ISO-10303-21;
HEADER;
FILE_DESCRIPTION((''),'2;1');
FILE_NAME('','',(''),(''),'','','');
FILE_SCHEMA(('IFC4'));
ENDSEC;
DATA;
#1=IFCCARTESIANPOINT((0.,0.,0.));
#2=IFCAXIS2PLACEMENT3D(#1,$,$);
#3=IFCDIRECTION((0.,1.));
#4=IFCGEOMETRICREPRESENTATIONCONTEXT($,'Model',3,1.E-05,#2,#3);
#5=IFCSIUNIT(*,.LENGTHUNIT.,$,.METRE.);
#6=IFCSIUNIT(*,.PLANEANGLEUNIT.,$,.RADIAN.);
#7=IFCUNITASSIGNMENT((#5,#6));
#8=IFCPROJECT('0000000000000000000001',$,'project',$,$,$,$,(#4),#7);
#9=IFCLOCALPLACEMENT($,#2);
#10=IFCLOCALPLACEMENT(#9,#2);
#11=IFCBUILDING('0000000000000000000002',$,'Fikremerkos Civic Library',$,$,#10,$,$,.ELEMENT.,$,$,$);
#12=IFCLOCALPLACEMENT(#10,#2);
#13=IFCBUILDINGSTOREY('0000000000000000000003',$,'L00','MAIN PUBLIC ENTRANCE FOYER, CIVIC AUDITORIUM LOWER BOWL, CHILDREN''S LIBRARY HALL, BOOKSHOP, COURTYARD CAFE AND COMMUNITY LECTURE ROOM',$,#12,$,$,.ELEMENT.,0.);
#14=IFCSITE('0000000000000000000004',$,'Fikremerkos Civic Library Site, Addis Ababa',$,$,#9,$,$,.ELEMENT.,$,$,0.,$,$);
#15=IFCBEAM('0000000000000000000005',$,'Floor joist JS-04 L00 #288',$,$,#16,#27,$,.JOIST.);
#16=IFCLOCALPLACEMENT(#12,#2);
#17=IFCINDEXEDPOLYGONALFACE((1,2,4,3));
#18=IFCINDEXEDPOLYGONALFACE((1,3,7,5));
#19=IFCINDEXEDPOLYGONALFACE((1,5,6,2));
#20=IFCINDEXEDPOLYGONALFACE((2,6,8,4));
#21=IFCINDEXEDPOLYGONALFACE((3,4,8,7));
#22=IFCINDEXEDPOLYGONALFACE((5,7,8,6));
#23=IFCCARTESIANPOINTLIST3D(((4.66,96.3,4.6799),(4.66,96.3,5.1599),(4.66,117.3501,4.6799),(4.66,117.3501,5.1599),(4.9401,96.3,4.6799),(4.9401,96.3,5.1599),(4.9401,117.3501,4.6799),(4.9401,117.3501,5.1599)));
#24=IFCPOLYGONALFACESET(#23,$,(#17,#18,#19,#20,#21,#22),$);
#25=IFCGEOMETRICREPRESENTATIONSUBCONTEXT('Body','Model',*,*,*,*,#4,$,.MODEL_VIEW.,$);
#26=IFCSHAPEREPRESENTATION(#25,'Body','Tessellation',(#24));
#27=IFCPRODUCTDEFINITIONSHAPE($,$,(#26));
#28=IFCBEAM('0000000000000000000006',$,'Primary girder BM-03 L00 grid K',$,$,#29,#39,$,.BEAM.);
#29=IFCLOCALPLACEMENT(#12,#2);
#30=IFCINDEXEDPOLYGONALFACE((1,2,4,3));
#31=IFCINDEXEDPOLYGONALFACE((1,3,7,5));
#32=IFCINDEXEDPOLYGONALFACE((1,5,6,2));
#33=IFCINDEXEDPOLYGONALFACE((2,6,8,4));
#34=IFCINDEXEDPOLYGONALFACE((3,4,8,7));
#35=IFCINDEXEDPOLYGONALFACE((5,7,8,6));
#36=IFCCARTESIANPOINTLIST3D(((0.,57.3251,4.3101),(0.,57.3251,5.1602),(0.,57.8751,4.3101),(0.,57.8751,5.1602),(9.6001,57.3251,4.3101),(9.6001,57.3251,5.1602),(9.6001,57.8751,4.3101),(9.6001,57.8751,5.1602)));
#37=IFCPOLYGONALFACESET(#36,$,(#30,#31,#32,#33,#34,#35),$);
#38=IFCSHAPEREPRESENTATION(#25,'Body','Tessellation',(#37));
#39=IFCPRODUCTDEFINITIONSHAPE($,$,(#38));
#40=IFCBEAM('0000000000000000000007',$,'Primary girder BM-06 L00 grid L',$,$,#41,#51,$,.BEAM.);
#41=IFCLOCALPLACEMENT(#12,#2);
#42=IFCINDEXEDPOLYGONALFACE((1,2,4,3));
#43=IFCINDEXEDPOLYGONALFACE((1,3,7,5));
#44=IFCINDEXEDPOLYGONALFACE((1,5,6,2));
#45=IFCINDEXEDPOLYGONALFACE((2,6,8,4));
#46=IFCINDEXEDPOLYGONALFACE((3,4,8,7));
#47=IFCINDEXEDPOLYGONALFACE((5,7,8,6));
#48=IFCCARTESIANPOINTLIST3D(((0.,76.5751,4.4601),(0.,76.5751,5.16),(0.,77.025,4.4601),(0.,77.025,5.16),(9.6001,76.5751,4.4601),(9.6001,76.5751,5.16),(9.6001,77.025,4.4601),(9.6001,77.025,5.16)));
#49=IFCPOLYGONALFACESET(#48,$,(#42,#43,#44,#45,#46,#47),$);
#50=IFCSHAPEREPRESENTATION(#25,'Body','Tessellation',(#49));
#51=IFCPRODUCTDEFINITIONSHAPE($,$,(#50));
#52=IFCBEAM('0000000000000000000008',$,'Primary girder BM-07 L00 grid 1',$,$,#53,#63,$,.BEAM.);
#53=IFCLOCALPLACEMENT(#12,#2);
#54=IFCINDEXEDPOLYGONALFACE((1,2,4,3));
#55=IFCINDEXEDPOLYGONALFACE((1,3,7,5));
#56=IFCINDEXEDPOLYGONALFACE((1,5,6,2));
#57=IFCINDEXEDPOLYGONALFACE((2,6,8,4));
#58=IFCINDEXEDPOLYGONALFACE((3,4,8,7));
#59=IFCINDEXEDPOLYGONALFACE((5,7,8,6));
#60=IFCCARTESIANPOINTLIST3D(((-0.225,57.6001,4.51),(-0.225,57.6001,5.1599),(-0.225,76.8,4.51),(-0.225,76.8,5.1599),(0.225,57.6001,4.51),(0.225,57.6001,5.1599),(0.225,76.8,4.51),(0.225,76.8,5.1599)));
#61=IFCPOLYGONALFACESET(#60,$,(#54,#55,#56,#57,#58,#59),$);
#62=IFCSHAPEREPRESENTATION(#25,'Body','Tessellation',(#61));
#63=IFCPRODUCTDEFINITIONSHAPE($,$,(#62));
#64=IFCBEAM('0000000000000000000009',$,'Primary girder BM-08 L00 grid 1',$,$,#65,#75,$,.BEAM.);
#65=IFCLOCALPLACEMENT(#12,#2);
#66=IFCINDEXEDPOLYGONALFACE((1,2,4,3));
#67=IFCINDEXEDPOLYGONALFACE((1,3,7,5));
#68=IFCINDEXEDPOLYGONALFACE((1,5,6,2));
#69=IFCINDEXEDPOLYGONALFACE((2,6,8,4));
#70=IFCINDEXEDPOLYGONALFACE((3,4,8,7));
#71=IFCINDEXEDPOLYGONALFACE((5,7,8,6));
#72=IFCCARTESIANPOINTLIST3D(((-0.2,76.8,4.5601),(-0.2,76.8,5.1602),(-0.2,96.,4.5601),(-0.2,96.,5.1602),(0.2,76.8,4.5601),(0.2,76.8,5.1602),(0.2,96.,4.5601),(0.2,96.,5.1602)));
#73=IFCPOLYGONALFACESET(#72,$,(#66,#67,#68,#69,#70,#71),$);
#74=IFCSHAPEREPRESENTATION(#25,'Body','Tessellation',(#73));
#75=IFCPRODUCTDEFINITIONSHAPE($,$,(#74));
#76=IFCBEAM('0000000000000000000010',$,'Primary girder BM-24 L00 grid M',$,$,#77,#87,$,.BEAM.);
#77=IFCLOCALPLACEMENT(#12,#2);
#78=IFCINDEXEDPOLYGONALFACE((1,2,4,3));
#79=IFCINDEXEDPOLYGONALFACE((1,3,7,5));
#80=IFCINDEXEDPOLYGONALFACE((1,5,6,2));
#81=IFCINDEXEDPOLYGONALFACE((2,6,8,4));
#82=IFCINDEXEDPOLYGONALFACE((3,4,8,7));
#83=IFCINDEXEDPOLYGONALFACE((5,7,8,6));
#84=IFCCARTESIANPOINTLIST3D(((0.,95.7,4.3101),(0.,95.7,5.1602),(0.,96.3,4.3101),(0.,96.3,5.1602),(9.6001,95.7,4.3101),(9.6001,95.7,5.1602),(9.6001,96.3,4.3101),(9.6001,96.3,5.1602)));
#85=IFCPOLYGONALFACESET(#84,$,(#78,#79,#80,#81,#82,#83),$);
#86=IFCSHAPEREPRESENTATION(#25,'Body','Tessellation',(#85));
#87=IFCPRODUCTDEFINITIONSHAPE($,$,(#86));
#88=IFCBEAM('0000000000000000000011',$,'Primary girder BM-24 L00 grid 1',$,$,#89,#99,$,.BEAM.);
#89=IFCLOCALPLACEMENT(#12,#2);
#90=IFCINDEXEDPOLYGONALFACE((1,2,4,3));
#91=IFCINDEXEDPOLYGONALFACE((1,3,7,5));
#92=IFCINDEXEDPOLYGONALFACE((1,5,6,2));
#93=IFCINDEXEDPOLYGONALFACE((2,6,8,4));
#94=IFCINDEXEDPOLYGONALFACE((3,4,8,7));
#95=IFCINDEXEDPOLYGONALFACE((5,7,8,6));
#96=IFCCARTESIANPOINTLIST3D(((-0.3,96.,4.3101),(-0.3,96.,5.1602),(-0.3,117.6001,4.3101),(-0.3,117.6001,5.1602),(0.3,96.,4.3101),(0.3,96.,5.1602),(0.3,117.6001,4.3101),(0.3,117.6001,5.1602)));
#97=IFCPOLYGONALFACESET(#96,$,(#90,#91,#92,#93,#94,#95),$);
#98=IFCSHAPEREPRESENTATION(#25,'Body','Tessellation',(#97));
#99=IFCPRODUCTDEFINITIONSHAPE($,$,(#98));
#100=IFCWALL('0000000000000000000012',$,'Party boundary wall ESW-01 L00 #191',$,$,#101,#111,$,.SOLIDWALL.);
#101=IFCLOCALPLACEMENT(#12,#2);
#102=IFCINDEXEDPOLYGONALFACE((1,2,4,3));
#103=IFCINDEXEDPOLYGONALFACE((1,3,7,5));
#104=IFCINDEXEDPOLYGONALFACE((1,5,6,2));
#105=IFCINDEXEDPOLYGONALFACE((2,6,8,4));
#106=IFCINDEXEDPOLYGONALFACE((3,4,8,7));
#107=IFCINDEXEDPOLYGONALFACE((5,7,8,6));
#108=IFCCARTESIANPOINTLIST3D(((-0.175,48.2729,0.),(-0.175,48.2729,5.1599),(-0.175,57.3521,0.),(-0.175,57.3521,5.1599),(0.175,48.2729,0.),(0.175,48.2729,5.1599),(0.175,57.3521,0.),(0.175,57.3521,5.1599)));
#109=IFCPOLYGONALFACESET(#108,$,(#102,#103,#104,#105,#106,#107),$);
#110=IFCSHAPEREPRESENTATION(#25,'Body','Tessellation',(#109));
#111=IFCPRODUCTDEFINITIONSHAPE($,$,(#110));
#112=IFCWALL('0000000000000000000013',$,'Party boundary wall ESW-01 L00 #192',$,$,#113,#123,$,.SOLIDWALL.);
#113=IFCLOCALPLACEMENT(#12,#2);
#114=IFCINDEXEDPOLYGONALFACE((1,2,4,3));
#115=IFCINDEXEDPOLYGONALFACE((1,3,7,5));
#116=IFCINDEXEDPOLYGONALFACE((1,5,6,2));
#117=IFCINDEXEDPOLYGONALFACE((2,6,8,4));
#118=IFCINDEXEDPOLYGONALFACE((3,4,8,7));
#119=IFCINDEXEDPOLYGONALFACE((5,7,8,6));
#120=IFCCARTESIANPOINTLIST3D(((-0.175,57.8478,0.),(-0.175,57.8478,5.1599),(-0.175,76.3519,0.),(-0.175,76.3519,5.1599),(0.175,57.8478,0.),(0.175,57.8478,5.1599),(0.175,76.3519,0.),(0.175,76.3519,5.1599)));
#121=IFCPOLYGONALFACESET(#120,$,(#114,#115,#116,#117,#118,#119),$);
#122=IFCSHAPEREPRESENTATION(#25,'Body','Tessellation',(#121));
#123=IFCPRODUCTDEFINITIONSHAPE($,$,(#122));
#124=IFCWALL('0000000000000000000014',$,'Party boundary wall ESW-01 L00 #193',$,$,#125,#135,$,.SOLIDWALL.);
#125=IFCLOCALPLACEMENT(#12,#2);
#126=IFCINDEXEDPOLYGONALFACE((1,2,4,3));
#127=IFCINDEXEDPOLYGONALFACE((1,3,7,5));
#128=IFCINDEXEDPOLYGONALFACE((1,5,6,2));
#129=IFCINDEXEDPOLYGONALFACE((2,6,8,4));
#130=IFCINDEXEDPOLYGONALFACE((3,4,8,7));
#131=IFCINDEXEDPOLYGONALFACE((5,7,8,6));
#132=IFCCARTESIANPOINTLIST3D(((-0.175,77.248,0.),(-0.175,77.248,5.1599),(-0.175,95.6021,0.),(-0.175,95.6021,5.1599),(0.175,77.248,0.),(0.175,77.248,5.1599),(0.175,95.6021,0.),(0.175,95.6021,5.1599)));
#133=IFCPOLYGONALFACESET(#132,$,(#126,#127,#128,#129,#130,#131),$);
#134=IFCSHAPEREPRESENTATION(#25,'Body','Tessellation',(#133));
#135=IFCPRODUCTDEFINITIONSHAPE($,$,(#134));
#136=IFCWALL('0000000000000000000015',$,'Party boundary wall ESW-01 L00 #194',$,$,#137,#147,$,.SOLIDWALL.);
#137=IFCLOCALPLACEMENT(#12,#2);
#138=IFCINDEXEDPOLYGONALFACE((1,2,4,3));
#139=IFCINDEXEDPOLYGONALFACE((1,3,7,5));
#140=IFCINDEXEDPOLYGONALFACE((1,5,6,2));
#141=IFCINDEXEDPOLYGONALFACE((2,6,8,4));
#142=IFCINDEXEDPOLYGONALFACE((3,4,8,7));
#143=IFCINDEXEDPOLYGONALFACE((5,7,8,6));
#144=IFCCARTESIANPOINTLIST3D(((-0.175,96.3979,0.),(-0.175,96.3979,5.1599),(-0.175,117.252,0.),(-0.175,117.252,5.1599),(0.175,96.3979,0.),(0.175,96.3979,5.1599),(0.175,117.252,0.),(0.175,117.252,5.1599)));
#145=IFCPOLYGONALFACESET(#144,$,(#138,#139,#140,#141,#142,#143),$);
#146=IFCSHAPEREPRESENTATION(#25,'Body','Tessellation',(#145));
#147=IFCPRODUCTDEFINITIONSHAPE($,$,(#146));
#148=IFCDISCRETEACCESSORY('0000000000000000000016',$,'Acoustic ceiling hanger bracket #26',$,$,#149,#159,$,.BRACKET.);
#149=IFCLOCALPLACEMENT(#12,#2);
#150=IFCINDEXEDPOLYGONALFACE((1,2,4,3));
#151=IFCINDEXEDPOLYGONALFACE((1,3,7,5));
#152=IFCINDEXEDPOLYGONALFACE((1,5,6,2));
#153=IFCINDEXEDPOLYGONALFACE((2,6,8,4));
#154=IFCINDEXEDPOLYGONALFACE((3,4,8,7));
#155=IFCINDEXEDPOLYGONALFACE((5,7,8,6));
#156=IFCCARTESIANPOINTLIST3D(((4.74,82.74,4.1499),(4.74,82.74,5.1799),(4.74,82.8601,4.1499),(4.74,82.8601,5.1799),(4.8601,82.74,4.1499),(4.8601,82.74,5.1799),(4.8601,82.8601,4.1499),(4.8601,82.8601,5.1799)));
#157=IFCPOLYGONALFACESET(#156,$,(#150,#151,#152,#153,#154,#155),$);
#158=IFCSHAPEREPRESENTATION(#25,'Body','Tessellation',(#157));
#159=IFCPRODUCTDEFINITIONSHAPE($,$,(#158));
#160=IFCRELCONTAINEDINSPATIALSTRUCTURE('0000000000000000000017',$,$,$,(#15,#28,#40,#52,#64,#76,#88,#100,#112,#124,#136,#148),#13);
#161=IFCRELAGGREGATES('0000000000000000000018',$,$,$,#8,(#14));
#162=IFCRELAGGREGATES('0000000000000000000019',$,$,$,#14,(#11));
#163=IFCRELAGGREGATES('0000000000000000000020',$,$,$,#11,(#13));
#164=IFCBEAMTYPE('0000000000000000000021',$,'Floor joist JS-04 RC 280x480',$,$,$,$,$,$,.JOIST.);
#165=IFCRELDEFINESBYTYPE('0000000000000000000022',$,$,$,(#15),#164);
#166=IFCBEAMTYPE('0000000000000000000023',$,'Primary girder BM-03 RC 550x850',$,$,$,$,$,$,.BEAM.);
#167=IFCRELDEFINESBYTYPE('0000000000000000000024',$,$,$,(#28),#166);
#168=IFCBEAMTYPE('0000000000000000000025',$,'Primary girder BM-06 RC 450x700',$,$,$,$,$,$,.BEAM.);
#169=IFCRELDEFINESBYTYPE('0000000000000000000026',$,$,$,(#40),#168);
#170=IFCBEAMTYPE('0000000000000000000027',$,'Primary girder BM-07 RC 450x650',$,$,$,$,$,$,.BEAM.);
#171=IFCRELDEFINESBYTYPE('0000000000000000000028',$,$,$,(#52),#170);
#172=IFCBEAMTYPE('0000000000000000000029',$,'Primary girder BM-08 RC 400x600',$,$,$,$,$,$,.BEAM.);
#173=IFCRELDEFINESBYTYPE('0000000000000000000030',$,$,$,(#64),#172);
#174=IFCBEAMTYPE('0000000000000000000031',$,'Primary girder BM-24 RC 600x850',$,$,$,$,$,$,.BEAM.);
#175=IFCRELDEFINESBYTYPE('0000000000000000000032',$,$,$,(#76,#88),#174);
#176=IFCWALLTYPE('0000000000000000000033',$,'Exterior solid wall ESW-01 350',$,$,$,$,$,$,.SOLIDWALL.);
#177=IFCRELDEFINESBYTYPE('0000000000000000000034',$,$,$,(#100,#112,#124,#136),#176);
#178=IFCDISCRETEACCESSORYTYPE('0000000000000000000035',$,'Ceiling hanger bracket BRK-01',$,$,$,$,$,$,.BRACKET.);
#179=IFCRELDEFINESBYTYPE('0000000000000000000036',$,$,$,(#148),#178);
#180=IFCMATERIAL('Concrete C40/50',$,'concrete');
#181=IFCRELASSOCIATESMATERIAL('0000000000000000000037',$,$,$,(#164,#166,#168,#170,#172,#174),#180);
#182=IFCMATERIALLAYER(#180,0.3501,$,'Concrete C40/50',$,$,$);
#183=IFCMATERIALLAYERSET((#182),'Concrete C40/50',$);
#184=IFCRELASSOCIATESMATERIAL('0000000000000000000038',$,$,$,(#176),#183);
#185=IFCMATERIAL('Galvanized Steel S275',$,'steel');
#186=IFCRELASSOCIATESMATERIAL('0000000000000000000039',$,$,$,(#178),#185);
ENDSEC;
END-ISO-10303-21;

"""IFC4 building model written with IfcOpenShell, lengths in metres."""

from ifc_helpers import new_model, si_unit, direction, frame, frame_2d, origin, origin_2d, place, context, subcontext, project, spatial, rectangle, extrude, material, layer, layer_set, material_profile, profile_set, type_object, element, save


model = new_model("IFC4")

# Units and contexts
model_context = context("Model", 3, precision=1e-05, world=origin(), true_north=direction((0.0, 1.0)))
body_context = subcontext(model_context, "Body", "Model", "MODEL_VIEW")
ifc_project = project(units=[si_unit("LENGTHUNIT", "METRE"), si_unit("PLANEANGLEUNIT", "RADIAN")], contexts=[model_context])

# Site, building, storey
site_placement = place(None, origin())
site = spatial("IfcSite", under=ifc_project, at=site_placement, Name="Fikremerkos Civic Library Site, Addis Ababa", CompositionType="ELEMENT", RefElevation=0.0)
building_placement = place(site_placement, origin())
building = spatial("IfcBuilding", under=site, at=building_placement, Name="Fikremerkos Civic Library", CompositionType="ELEMENT")
storey_placement = place(building_placement, origin())
storey = spatial("IfcBuildingStorey", under=building, at=storey_placement, Name="L00", Description="MAIN PUBLIC ENTRANCE FOYER, CIVIC AUDITORIUM LOWER BOWL, CHILDREN'S LIBRARY HALL, BOOKSHOP, COURTYARD CAFE AND COMMUNITY LECTURE ROOM", CompositionType="ELEMENT", Elevation=0.0)

# Shared definitions
ifc_material_1 = material(Name="Concrete C40/50", Category="concrete")

# Beams
ifc_material_profile_1 = material_profile(ifc_material_1, rectangle(XDim=0.28, YDim=0.48, at=origin_2d()), Name="RC 280x480")
ifc_profile_set_1 = profile_set([ifc_material_profile_1], Name="Concrete C40/50")
beam_type_1 = type_object("IfcBeamType", Name="Floor joist JS-04 RC 280x480", PredefinedType="JOIST", material=ifc_profile_set_1)
for number, where, z_axis, x_axis, name in (
    (1, (4.8, 96.3, 4.9199), (0.0, 1.0, 0.0), (-1.0, 0.0, 0.0), "Floor joist JS-04 L00 #288"),
):
    element("IfcBeam", number, at=place(storey_placement, frame(where, z_axis=z_axis, x_axis=x_axis)), inside=storey, type_object=beam_type_1, Name=name, PredefinedType="JOIST", context=body_context, shape_type="SweptSolid", body=[
        extrude(rectangle(XDim=0.28, YDim=0.48, at=origin_2d()), origin(), (0.0, 0.0, 1.0), 21.05),
    ])
ifc_material_profile_2 = material_profile(ifc_material_1, rectangle(XDim=0.55, YDim=0.8501, at=origin_2d()), Name="RC 550x850")
ifc_profile_set_2 = profile_set([ifc_material_profile_2], Name="Concrete C40/50")
beam_type_2 = type_object("IfcBeamType", Name="Primary girder BM-03 RC 550x850", PredefinedType="BEAM", material=ifc_profile_set_2)
beam_1_placement = place(storey_placement, frame((0.0, 57.6001, 4.7351), z_axis=(1.0, 0.0, 0.0), x_axis=(0.0, 1.0, 0.0)))
element("IfcBeam", 2, at=beam_1_placement, inside=storey, type_object=beam_type_2, Name="Primary girder BM-03 L00 grid K", PredefinedType="BEAM", context=body_context, shape_type="SweptSolid", body=[
    extrude(rectangle(XDim=0.55, YDim=0.8501, at=origin_2d()), origin(), (0.0, 0.0, 1.0), 9.6001),
])
ifc_material_profile_3 = material_profile(ifc_material_1, rectangle(XDim=0.45, YDim=0.7, at=origin_2d()), Name="RC 450x700")
ifc_profile_set_3 = profile_set([ifc_material_profile_3], Name="Concrete C40/50")
beam_type_3 = type_object("IfcBeamType", Name="Primary girder BM-06 RC 450x700", PredefinedType="BEAM", material=ifc_profile_set_3)
beam_2_placement = place(storey_placement, frame((0.0, 76.8, 4.8101), z_axis=(1.0, 0.0, 0.0), x_axis=(0.0, 1.0, 0.0)))
element("IfcBeam", 3, at=beam_2_placement, inside=storey, type_object=beam_type_3, Name="Primary girder BM-06 L00 grid L", PredefinedType="BEAM", context=body_context, shape_type="SweptSolid", body=[
    extrude(rectangle(XDim=0.45, YDim=0.7, at=origin_2d()), origin(), (0.0, 0.0, 1.0), 9.6001),
])
ifc_material_profile_4 = material_profile(ifc_material_1, rectangle(XDim=0.45, YDim=0.6499, at=origin_2d()), Name="RC 450x650")
ifc_profile_set_4 = profile_set([ifc_material_profile_4], Name="Concrete C40/50")
beam_type_4 = type_object("IfcBeamType", Name="Primary girder BM-07 RC 450x650", PredefinedType="BEAM", material=ifc_profile_set_4)
beam_3_placement = place(storey_placement, frame((0.0, 57.6001, 4.835), z_axis=(0.0, 1.0, 0.0), x_axis=(-1.0, 0.0, 0.0)))
element("IfcBeam", 4, at=beam_3_placement, inside=storey, type_object=beam_type_4, Name="Primary girder BM-07 L00 grid 1", PredefinedType="BEAM", context=body_context, shape_type="SweptSolid", body=[
    extrude(rectangle(XDim=0.45, YDim=0.6499, at=origin_2d()), origin(), (0.0, 0.0, 1.0), 19.2),
])
ifc_material_profile_5 = material_profile(ifc_material_1, rectangle(XDim=0.3999, YDim=0.6001, at=origin_2d()), Name="RC 400x600")
ifc_profile_set_5 = profile_set([ifc_material_profile_5], Name="Concrete C40/50")
beam_type_5 = type_object("IfcBeamType", Name="Primary girder BM-08 RC 400x600", PredefinedType="BEAM", material=ifc_profile_set_5)
beam_4_placement = place(storey_placement, frame((0.0, 76.8, 4.8601), z_axis=(0.0, 1.0, 0.0), x_axis=(-1.0, 0.0, 0.0)))
element("IfcBeam", 5, at=beam_4_placement, inside=storey, type_object=beam_type_5, Name="Primary girder BM-08 L00 grid 1", PredefinedType="BEAM", context=body_context, shape_type="SweptSolid", body=[
    extrude(rectangle(XDim=0.3999, YDim=0.6001, at=origin_2d()), origin(), (0.0, 0.0, 1.0), 19.2),
])
ifc_material_profile_6 = material_profile(ifc_material_1, rectangle(XDim=0.6001, YDim=0.8501, at=origin_2d()), Name="RC 600x850")
ifc_profile_set_6 = profile_set([ifc_material_profile_6], Name="Concrete C40/50")
beam_type_6 = type_object("IfcBeamType", Name="Primary girder BM-24 RC 600x850", PredefinedType="BEAM", material=ifc_profile_set_6)
beam_5_placement = place(storey_placement, frame((0.0, 96.0, 4.7351), z_axis=(1.0, 0.0, 0.0), x_axis=(0.0, 1.0, 0.0)))
element("IfcBeam", 6, at=beam_5_placement, inside=storey, type_object=beam_type_6, Name="Primary girder BM-24 L00 grid M", PredefinedType="BEAM", context=body_context, shape_type="SweptSolid", body=[
    extrude(rectangle(XDim=0.6001, YDim=0.8501, at=origin_2d()), origin(), (0.0, 0.0, 1.0), 9.6001),
])
beam_6_placement = place(storey_placement, frame((0.0, 96.0, 4.7351), z_axis=(0.0, 1.0, 0.0), x_axis=(-1.0, 0.0, 0.0)))
element("IfcBeam", 7, at=beam_6_placement, inside=storey, type_object=beam_type_6, Name="Primary girder BM-24 L00 grid 1", PredefinedType="BEAM", context=body_context, shape_type="SweptSolid", body=[
    extrude(rectangle(XDim=0.6001, YDim=0.8501, at=origin_2d()), origin(), (0.0, 0.0, 1.0), 21.6001),
])

# Walls
ifc_layer = layer(ifc_material_1, 0.3501, Name="Concrete C40/50")
ifc_layer_set = layer_set([ifc_layer], Name="Concrete C40/50")
wall_type = type_object("IfcWallType", Name="Exterior solid wall ESW-01 350", PredefinedType="SOLIDWALL", material=ifc_layer_set)
wall_1_placement = place(storey_placement, frame((0.0, 48.2729, 0.0), z_axis=(0.0, 0.0, 1.0), x_axis=(0.0, 1.0, 0.0)))
element("IfcWall", 8, at=wall_1_placement, inside=storey, type_object=wall_type, Name="Party boundary wall ESW-01 L00 #191", PredefinedType="SOLIDWALL", context=body_context, shape_type="SweptSolid", body=[
    extrude(rectangle(XDim=9.0791, YDim=0.3501, at=frame_2d((4.5396, 0.0))), origin(), (0.0, 0.0, 1.0), 5.1599),
])
wall_2_placement = place(storey_placement, frame((0.0, 57.8479, 0.0), z_axis=(0.0, 0.0, 1.0), x_axis=(0.0, 1.0, 0.0)))
element("IfcWall", 9, at=wall_2_placement, inside=storey, type_object=wall_type, Name="Party boundary wall ESW-01 L00 #192", PredefinedType="SOLIDWALL", context=body_context, shape_type="SweptSolid", body=[
    extrude(rectangle(XDim=18.5042, YDim=0.3501, at=frame_2d((9.252, 0.0))), origin(), (0.0, 0.0, 1.0), 5.1599),
])
wall_3_placement = place(storey_placement, frame((0.0, 77.248, 0.0), z_axis=(0.0, 0.0, 1.0), x_axis=(0.0, 1.0, 0.0)))
element("IfcWall", 10, at=wall_3_placement, inside=storey, type_object=wall_type, Name="Party boundary wall ESW-01 L00 #193", PredefinedType="SOLIDWALL", context=body_context, shape_type="SweptSolid", body=[
    extrude(rectangle(XDim=18.354, YDim=0.3501, at=frame_2d((9.177, 0.0))), origin(), (0.0, 0.0, 1.0), 5.1599),
])
wall_4_placement = place(storey_placement, frame((0.0, 96.3979, 0.0), z_axis=(0.0, 0.0, 1.0), x_axis=(0.0, 1.0, 0.0)))
element("IfcWall", 11, at=wall_4_placement, inside=storey, type_object=wall_type, Name="Party boundary wall ESW-01 L00 #194", PredefinedType="SOLIDWALL", context=body_context, shape_type="SweptSolid", body=[
    extrude(rectangle(XDim=20.854, YDim=0.3501, at=frame_2d((10.427, 0.0))), origin(), (0.0, 0.0, 1.0), 5.1599),
])

# Discrete accessory
ifc_material_2 = material(Name="Galvanized Steel S275", Category="steel")
discrete_accessory_type = type_object("IfcDiscreteAccessoryType", Name="Ceiling hanger bracket BRK-01", PredefinedType="BRACKET", material=ifc_material_2)
discrete_accessory_placement = place(storey_placement, frame((4.8, 82.8, 4.1499), z_axis=(0.0, 0.0, 1.0), x_axis=(1.0, 0.0, 0.0)))
element("IfcDiscreteAccessory", 12, at=discrete_accessory_placement, inside=storey, type_object=discrete_accessory_type, Name="Acoustic ceiling hanger bracket #26", PredefinedType="BRACKET", context=body_context, shape_type="SweptSolid", body=[
    extrude(rectangle(XDim=0.1201, YDim=0.1201, at=origin_2d()), origin(), (0.0, 0.0, 1.0), 1.03),
])

save(model, "model.ifc")
